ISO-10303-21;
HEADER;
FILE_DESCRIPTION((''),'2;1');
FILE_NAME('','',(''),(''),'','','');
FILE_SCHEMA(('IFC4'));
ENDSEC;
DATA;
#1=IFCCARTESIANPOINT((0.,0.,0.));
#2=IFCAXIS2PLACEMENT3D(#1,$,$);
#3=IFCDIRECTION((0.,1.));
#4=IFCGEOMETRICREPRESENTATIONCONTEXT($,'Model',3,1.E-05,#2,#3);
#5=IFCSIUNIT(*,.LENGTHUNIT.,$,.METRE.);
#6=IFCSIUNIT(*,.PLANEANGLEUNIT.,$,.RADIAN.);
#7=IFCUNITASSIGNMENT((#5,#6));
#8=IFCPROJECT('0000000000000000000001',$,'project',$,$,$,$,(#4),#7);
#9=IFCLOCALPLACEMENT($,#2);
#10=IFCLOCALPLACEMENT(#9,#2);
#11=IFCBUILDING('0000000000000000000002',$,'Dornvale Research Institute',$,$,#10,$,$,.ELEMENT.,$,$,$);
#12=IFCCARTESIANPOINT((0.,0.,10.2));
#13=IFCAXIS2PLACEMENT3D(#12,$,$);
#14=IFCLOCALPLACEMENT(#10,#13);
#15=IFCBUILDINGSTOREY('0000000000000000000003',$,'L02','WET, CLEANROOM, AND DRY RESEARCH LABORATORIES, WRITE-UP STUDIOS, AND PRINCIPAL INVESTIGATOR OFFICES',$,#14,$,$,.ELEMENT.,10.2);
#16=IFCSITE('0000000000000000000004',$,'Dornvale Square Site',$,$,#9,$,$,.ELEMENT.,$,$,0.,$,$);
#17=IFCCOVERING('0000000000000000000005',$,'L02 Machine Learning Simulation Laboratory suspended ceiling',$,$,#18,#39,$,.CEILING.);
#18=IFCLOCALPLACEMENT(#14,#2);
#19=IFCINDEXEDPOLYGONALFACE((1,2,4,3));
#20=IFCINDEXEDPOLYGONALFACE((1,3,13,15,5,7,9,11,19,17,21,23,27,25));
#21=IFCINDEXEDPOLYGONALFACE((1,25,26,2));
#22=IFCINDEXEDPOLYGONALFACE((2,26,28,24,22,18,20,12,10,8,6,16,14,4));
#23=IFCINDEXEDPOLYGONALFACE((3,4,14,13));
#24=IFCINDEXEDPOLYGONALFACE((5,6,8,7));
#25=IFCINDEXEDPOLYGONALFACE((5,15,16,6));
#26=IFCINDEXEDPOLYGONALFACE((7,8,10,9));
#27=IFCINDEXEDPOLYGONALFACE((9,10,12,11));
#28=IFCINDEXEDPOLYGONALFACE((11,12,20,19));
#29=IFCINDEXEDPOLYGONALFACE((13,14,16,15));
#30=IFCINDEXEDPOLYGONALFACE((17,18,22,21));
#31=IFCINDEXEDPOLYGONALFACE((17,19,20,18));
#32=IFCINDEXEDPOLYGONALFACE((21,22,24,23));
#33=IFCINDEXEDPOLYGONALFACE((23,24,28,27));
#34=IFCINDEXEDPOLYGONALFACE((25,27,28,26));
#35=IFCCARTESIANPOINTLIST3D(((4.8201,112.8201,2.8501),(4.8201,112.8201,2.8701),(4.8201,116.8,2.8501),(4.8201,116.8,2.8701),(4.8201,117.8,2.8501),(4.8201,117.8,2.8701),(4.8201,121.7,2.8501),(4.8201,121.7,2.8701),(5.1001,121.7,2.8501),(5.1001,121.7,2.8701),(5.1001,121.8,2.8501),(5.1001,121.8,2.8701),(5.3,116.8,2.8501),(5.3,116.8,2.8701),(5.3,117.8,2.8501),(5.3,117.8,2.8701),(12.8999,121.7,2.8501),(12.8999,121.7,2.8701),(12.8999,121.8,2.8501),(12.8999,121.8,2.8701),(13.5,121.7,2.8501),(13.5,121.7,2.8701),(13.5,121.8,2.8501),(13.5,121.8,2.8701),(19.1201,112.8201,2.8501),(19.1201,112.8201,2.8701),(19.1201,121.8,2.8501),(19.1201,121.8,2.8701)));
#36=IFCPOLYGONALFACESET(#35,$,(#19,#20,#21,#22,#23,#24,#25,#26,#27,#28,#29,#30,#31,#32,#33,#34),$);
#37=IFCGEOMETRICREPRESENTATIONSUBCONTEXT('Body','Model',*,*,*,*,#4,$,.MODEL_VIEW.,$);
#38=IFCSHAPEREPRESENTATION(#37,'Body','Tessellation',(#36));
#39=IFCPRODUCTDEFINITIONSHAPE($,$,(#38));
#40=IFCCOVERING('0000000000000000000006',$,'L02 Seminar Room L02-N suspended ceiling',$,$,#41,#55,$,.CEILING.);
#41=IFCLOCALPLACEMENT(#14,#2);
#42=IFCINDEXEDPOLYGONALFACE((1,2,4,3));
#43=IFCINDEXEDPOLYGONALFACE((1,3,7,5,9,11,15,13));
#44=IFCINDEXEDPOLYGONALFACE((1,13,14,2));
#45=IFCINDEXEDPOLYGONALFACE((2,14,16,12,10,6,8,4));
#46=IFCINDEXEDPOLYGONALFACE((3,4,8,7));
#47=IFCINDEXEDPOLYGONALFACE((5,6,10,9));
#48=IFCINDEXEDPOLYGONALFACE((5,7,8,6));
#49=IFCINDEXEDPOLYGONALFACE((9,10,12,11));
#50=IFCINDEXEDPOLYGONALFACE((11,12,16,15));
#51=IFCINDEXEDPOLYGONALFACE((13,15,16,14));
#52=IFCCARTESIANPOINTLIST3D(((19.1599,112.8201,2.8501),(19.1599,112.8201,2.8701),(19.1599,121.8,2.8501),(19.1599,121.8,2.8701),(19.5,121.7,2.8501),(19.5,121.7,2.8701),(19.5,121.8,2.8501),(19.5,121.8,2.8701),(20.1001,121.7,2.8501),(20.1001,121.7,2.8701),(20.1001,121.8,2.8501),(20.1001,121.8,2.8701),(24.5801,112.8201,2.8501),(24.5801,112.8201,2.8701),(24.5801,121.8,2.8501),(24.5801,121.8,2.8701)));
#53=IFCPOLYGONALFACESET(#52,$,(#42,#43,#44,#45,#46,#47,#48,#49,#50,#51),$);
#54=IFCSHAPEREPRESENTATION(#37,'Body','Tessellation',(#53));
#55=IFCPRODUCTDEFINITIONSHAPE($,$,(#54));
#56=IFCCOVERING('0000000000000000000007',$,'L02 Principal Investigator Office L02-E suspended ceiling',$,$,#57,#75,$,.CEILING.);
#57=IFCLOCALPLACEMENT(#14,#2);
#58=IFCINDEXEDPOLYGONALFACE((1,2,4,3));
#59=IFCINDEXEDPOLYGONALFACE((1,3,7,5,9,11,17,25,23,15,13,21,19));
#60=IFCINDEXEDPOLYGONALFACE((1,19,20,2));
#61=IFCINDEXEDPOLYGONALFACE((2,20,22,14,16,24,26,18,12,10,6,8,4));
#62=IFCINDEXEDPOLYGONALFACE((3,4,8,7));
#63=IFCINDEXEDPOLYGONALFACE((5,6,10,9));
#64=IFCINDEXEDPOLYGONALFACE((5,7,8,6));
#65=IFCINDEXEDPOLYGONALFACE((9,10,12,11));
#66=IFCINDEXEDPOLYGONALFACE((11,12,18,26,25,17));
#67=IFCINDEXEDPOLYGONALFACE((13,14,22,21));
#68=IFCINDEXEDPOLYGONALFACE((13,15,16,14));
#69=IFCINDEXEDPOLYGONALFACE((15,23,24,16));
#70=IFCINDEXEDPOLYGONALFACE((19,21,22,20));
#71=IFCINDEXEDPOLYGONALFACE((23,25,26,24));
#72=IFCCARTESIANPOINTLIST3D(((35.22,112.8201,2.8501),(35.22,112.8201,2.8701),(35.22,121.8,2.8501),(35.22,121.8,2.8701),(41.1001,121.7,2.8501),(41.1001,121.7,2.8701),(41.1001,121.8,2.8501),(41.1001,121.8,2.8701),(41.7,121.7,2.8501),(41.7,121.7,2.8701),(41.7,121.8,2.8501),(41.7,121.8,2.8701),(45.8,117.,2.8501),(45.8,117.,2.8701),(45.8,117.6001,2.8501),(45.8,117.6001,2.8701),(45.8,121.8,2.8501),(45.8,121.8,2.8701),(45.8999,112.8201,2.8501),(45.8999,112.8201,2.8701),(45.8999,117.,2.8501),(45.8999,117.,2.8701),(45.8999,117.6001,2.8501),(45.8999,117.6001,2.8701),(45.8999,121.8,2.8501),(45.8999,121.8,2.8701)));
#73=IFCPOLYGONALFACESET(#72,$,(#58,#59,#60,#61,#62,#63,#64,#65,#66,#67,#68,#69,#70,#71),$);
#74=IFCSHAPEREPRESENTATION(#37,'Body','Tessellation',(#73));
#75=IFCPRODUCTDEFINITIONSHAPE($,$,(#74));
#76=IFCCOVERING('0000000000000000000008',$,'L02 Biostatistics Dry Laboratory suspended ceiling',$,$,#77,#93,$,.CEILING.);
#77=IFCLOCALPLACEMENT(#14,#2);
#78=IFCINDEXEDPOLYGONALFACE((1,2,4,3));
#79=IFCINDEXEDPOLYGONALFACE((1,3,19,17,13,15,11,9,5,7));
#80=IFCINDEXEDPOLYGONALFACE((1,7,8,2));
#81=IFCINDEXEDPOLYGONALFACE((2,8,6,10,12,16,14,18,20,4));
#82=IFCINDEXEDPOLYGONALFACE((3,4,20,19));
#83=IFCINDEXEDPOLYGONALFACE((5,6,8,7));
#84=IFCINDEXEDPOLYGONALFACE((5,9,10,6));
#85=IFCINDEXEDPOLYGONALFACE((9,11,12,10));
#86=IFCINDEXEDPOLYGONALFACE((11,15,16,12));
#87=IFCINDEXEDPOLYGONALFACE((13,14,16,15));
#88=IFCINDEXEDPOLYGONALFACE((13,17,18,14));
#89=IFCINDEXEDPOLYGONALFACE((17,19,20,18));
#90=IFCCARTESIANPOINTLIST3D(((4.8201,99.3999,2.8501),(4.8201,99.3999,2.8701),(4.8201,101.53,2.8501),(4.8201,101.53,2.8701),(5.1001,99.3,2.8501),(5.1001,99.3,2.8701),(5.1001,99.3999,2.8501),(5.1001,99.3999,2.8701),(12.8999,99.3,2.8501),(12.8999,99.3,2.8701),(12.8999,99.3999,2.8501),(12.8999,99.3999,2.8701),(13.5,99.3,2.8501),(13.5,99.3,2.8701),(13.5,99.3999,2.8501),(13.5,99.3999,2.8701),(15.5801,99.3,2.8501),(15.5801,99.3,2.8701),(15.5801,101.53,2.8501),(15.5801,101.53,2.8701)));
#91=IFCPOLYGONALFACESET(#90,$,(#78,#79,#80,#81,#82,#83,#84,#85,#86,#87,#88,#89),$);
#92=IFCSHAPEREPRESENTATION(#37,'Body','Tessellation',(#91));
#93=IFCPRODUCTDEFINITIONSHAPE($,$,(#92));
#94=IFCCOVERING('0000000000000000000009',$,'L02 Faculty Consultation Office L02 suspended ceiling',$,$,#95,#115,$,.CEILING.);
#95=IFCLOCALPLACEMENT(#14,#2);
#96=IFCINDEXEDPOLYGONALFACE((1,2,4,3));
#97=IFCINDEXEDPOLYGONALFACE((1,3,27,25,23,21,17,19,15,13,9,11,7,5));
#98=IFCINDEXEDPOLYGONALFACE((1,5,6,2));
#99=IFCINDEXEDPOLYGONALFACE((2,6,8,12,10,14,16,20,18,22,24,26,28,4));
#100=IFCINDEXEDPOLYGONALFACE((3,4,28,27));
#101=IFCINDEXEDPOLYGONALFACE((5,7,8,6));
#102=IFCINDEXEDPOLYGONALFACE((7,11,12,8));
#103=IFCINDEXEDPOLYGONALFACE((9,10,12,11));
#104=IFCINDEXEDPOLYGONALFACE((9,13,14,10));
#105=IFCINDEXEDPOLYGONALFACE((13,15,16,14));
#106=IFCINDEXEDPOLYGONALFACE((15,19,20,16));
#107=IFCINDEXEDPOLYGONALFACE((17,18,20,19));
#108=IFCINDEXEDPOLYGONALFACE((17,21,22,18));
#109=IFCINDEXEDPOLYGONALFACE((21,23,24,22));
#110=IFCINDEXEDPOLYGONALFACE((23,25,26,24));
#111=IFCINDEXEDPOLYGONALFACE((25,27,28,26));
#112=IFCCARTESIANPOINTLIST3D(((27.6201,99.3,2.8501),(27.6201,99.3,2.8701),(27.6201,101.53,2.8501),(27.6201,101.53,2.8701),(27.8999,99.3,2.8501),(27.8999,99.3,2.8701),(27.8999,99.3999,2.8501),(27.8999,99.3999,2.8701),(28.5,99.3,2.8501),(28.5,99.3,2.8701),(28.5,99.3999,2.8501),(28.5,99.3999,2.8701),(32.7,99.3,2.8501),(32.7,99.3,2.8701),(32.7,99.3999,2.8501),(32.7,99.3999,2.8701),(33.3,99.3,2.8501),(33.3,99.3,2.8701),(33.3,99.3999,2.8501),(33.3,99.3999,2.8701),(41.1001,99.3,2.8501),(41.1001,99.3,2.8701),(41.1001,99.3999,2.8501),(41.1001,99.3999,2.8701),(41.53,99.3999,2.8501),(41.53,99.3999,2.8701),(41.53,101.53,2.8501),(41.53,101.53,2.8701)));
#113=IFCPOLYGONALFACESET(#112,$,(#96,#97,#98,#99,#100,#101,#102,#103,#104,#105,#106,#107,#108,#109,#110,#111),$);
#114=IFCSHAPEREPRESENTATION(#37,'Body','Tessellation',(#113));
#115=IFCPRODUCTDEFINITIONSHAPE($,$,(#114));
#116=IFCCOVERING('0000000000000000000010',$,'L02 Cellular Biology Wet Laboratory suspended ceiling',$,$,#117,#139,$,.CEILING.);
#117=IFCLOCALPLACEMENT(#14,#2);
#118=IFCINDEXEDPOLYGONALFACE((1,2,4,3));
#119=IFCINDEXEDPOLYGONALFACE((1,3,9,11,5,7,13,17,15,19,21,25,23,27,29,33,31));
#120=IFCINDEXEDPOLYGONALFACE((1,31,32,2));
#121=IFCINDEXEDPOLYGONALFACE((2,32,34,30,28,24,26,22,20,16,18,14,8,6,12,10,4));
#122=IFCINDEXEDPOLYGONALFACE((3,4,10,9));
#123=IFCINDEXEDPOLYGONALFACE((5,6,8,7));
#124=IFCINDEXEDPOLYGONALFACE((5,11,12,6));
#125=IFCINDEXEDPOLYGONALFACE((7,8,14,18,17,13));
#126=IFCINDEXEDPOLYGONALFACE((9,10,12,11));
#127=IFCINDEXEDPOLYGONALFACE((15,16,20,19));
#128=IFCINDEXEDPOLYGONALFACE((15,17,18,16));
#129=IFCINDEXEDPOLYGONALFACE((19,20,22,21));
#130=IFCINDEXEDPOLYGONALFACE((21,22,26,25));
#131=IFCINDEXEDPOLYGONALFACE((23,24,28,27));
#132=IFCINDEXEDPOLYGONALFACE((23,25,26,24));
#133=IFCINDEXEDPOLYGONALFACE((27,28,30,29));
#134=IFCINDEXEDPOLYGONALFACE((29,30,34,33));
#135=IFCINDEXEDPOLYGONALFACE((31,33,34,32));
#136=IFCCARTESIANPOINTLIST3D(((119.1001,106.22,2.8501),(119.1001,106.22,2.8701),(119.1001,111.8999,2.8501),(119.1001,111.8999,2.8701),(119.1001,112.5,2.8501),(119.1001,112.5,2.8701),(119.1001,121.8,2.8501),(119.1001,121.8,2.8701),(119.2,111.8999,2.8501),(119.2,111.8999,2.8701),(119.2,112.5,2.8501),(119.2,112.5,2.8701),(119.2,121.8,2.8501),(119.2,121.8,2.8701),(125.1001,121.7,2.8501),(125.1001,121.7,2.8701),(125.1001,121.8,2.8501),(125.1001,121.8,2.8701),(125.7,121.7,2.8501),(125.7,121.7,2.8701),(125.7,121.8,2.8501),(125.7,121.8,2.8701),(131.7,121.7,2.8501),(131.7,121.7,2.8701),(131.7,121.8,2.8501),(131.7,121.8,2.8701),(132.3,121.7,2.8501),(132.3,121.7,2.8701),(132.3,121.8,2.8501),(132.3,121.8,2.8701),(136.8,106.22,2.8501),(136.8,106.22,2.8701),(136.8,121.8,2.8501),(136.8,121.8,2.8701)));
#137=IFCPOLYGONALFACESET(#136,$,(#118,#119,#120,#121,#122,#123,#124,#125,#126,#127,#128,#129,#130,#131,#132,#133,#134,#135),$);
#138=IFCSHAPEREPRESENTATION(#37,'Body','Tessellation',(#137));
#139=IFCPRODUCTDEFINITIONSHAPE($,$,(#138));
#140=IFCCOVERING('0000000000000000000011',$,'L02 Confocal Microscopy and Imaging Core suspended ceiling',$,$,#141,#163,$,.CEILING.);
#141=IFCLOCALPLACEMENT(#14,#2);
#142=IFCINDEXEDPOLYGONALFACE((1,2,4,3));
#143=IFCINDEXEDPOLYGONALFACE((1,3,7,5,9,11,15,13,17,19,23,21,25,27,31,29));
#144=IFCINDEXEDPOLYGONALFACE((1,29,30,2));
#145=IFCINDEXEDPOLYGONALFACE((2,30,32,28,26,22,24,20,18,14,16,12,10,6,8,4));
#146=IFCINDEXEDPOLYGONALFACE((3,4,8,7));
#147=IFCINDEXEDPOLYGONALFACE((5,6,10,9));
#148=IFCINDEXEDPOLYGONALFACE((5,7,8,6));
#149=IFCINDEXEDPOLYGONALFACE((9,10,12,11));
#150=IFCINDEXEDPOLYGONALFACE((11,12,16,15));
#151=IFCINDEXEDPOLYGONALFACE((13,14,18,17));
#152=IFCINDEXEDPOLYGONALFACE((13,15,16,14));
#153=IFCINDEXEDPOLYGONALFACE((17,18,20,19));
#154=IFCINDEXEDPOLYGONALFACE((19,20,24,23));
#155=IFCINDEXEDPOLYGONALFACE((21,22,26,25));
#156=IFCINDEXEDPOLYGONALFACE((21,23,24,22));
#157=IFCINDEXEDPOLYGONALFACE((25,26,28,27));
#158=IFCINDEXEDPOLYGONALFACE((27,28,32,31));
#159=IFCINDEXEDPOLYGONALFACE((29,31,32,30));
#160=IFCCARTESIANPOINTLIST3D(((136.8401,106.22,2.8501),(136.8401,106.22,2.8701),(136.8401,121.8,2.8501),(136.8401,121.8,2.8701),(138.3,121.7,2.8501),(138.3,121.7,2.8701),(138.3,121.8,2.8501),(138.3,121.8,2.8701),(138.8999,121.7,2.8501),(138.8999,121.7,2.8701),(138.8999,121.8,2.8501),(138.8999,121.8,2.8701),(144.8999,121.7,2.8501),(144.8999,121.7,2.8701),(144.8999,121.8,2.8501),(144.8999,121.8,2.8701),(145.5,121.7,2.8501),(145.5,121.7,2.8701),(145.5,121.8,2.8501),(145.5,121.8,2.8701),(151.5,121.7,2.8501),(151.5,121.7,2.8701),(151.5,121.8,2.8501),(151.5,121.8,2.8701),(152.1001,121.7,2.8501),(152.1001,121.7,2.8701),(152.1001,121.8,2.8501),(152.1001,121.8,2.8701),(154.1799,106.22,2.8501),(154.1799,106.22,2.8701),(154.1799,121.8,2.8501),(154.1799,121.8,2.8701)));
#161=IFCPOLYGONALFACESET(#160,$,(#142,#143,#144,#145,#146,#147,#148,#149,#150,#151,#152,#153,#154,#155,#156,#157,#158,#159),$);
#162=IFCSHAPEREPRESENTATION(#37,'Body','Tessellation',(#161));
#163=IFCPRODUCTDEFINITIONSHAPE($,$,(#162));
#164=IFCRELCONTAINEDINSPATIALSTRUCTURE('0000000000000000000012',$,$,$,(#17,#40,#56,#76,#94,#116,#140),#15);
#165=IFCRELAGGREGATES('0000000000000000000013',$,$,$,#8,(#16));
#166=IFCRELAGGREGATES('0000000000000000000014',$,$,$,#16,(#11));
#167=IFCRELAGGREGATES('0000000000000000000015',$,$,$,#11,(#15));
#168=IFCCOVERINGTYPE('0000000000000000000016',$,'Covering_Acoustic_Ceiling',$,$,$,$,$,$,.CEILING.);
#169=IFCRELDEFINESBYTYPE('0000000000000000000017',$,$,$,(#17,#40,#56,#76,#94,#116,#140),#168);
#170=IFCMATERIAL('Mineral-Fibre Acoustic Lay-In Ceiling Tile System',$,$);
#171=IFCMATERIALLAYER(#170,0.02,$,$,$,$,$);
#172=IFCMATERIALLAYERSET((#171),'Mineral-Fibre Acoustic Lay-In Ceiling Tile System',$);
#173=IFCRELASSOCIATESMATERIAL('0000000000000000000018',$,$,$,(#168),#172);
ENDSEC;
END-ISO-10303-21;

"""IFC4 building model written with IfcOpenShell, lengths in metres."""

from ifc_helpers import new_model, si_unit, direction, frame, origin, place, context, subcontext, project, spatial, polyline, outline, extrude, material, layer, layer_set, type_object, element, save


model = new_model("IFC4")

# Units and contexts
model_context = context("Model", 3, precision=1e-05, world=origin(), true_north=direction((0.0, 1.0)))
body_context = subcontext(model_context, "Body", "Model", "MODEL_VIEW")
ifc_project = project(units=[si_unit("LENGTHUNIT", "METRE"), si_unit("PLANEANGLEUNIT", "RADIAN")], contexts=[model_context])

# Site, building, storey
site_placement = place(None, origin())
site = spatial("IfcSite", under=ifc_project, at=site_placement, Name="Dornvale Square Site", CompositionType="ELEMENT", RefElevation=0.0)
building_placement = place(site_placement, origin())
building = spatial("IfcBuilding", under=site, at=building_placement, Name="Dornvale Research Institute", CompositionType="ELEMENT")
storey_placement = place(building_placement, frame((0.0, 0.0, 10.2)))
storey = spatial("IfcBuildingStorey", under=building, at=storey_placement, Name="L02", Description="WET, CLEANROOM, AND DRY RESEARCH LABORATORIES, WRITE-UP STUDIOS, AND PRINCIPAL INVESTIGATOR OFFICES", CompositionType="ELEMENT", Elevation=10.2)

# Coverings
ifc_material_1 = material(Name="Mineral-Fibre Acoustic Lay-In Ceiling Tile System")
ifc_layer_1 = layer(ifc_material_1, 0.02)
ifc_layer_set_1 = layer_set([ifc_layer_1], Name="Mineral-Fibre Acoustic Lay-In Ceiling Tile System")
covering_type_1 = type_object("IfcCoveringType", Name="Covering_Acoustic_Ceiling", PredefinedType="CEILING", material=ifc_layer_set_1)
covering_1_placement = place(storey_placement, frame((0.0, 0.0, 2.8501)))
element("IfcCovering", 1, at=covering_1_placement, inside=storey, type_object=covering_type_1, Name="L02 Machine Learning Simulation Laboratory suspended ceiling", PredefinedType="CEILING", context=body_context, shape_type="SweptSolid", body=[
    extrude(outline(polyline([(12.8999, 121.8), (12.8999, 121.7), (13.5, 121.7), (13.5, 121.8), (19.1201, 121.8), (19.1201, 112.8201), (4.8201, 112.8201), (4.8201, 116.8), (5.3, 116.8), (5.3, 117.8), (4.8201, 117.8), (4.8201, 121.7), (5.1001, 121.7), (5.1001, 121.8), (12.8999, 121.8)])), origin(), (0.0, 0.0, 1.0), 0.02),
])
covering_2_placement = place(storey_placement, frame((0.0, 0.0, 2.8501)))
element("IfcCovering", 2, at=covering_2_placement, inside=storey, type_object=covering_type_1, Name="L02 Seminar Room L02-N suspended ceiling", PredefinedType="CEILING", context=body_context, shape_type="SweptSolid", body=[
    extrude(outline(polyline([(19.1599, 112.8201), (19.1599, 121.8), (19.5, 121.8), (19.5, 121.7), (20.1001, 121.7), (20.1001, 121.8), (24.5801, 121.8), (24.5801, 112.8201), (19.1599, 112.8201)])), origin(), (0.0, 0.0, 1.0), 0.02),
])
covering_3_placement = place(storey_placement, frame((0.0, 0.0, 2.8501)))
element("IfcCovering", 3, at=covering_3_placement, inside=storey, type_object=covering_type_1, Name="L02 Principal Investigator Office L02-E suspended ceiling", PredefinedType="CEILING", context=body_context, shape_type="SweptSolid", body=[
    extrude(outline(polyline([(45.8, 117.6001), (45.8, 117.0), (45.8999, 117.0), (45.8999, 112.8201), (35.22, 112.8201), (35.22, 121.8), (41.1001, 121.8), (41.1001, 121.7), (41.7, 121.7), (41.7, 121.8), (45.8, 121.8), (45.8999, 121.8), (45.8999, 117.6001), (45.8, 117.6001)])), origin(), (0.0, 0.0, 1.0), 0.02),
])
covering_4_placement = place(storey_placement, frame((0.0, 0.0, 2.8501)))
element("IfcCovering", 4, at=covering_4_placement, inside=storey, type_object=covering_type_1, Name="L02 Biostatistics Dry Laboratory suspended ceiling", PredefinedType="CEILING", context=body_context, shape_type="SweptSolid", body=[
    extrude(outline(polyline([(5.1001, 99.3), (5.1001, 99.3999), (4.8201, 99.3999), (4.8201, 101.53), (15.5801, 101.53), (15.5801, 99.3), (13.5, 99.3), (13.5, 99.3999), (12.8999, 99.3999), (12.8999, 99.3), (5.1001, 99.3)])), origin(), (0.0, 0.0, 1.0), 0.02),
])
covering_5_placement = place(storey_placement, frame((0.0, 0.0, 2.8501)))
element("IfcCovering", 5, at=covering_5_placement, inside=storey, type_object=covering_type_1, Name="L02 Faculty Consultation Office L02 suspended ceiling", PredefinedType="CEILING", context=body_context, shape_type="SweptSolid", body=[
    extrude(outline(polyline([(32.7, 99.3999), (32.7, 99.3), (28.5, 99.3), (28.5, 99.3999), (27.8999, 99.3999), (27.8999, 99.3), (27.6201, 99.3), (27.6201, 101.53), (41.53, 101.53), (41.53, 99.3999), (41.1001, 99.3999), (41.1001, 99.3), (33.3, 99.3), (33.3, 99.3999), (32.7, 99.3999)])), origin(), (0.0, 0.0, 1.0), 0.02),
])
covering_6_placement = place(storey_placement, frame((0.0, 0.0, 2.8501)))
element("IfcCovering", 6, at=covering_6_placement, inside=storey, type_object=covering_type_1, Name="L02 Cellular Biology Wet Laboratory suspended ceiling", PredefinedType="CEILING", context=body_context, shape_type="SweptSolid", body=[
    extrude(outline(polyline([(125.1001, 121.7), (125.7, 121.7), (125.7, 121.8), (131.7, 121.8), (131.7, 121.7), (132.3, 121.7), (132.3, 121.8), (136.8, 121.8), (136.8, 106.22), (119.1001, 106.22), (119.1001, 111.8999), (119.2, 111.8999), (119.2, 112.5), (119.1001, 112.5), (119.1001, 121.8), (119.2, 121.8), (125.1001, 121.8), (125.1001, 121.7)])), origin(), (0.0, 0.0, 1.0), 0.02),
])
covering_7_placement = place(storey_placement, frame((0.0, 0.0, 2.8501)))
element("IfcCovering", 7, at=covering_7_placement, inside=storey, type_object=covering_type_1, Name="L02 Confocal Microscopy and Imaging Core suspended ceiling", PredefinedType="CEILING", context=body_context, shape_type="SweptSolid", body=[
    extrude(outline(polyline([(138.8999, 121.7), (138.8999, 121.8), (144.8999, 121.8), (144.8999, 121.7), (145.5, 121.7), (145.5, 121.8), (151.5, 121.8), (151.5, 121.7), (152.1001, 121.7), (152.1001, 121.8), (154.1799, 121.8), (154.1799, 106.22), (136.8401, 106.22), (136.8401, 121.8), (138.3, 121.8), (138.3, 121.7), (138.8999, 121.7)])), origin(), (0.0, 0.0, 1.0), 0.02),
])

save(model, "model.ifc")
